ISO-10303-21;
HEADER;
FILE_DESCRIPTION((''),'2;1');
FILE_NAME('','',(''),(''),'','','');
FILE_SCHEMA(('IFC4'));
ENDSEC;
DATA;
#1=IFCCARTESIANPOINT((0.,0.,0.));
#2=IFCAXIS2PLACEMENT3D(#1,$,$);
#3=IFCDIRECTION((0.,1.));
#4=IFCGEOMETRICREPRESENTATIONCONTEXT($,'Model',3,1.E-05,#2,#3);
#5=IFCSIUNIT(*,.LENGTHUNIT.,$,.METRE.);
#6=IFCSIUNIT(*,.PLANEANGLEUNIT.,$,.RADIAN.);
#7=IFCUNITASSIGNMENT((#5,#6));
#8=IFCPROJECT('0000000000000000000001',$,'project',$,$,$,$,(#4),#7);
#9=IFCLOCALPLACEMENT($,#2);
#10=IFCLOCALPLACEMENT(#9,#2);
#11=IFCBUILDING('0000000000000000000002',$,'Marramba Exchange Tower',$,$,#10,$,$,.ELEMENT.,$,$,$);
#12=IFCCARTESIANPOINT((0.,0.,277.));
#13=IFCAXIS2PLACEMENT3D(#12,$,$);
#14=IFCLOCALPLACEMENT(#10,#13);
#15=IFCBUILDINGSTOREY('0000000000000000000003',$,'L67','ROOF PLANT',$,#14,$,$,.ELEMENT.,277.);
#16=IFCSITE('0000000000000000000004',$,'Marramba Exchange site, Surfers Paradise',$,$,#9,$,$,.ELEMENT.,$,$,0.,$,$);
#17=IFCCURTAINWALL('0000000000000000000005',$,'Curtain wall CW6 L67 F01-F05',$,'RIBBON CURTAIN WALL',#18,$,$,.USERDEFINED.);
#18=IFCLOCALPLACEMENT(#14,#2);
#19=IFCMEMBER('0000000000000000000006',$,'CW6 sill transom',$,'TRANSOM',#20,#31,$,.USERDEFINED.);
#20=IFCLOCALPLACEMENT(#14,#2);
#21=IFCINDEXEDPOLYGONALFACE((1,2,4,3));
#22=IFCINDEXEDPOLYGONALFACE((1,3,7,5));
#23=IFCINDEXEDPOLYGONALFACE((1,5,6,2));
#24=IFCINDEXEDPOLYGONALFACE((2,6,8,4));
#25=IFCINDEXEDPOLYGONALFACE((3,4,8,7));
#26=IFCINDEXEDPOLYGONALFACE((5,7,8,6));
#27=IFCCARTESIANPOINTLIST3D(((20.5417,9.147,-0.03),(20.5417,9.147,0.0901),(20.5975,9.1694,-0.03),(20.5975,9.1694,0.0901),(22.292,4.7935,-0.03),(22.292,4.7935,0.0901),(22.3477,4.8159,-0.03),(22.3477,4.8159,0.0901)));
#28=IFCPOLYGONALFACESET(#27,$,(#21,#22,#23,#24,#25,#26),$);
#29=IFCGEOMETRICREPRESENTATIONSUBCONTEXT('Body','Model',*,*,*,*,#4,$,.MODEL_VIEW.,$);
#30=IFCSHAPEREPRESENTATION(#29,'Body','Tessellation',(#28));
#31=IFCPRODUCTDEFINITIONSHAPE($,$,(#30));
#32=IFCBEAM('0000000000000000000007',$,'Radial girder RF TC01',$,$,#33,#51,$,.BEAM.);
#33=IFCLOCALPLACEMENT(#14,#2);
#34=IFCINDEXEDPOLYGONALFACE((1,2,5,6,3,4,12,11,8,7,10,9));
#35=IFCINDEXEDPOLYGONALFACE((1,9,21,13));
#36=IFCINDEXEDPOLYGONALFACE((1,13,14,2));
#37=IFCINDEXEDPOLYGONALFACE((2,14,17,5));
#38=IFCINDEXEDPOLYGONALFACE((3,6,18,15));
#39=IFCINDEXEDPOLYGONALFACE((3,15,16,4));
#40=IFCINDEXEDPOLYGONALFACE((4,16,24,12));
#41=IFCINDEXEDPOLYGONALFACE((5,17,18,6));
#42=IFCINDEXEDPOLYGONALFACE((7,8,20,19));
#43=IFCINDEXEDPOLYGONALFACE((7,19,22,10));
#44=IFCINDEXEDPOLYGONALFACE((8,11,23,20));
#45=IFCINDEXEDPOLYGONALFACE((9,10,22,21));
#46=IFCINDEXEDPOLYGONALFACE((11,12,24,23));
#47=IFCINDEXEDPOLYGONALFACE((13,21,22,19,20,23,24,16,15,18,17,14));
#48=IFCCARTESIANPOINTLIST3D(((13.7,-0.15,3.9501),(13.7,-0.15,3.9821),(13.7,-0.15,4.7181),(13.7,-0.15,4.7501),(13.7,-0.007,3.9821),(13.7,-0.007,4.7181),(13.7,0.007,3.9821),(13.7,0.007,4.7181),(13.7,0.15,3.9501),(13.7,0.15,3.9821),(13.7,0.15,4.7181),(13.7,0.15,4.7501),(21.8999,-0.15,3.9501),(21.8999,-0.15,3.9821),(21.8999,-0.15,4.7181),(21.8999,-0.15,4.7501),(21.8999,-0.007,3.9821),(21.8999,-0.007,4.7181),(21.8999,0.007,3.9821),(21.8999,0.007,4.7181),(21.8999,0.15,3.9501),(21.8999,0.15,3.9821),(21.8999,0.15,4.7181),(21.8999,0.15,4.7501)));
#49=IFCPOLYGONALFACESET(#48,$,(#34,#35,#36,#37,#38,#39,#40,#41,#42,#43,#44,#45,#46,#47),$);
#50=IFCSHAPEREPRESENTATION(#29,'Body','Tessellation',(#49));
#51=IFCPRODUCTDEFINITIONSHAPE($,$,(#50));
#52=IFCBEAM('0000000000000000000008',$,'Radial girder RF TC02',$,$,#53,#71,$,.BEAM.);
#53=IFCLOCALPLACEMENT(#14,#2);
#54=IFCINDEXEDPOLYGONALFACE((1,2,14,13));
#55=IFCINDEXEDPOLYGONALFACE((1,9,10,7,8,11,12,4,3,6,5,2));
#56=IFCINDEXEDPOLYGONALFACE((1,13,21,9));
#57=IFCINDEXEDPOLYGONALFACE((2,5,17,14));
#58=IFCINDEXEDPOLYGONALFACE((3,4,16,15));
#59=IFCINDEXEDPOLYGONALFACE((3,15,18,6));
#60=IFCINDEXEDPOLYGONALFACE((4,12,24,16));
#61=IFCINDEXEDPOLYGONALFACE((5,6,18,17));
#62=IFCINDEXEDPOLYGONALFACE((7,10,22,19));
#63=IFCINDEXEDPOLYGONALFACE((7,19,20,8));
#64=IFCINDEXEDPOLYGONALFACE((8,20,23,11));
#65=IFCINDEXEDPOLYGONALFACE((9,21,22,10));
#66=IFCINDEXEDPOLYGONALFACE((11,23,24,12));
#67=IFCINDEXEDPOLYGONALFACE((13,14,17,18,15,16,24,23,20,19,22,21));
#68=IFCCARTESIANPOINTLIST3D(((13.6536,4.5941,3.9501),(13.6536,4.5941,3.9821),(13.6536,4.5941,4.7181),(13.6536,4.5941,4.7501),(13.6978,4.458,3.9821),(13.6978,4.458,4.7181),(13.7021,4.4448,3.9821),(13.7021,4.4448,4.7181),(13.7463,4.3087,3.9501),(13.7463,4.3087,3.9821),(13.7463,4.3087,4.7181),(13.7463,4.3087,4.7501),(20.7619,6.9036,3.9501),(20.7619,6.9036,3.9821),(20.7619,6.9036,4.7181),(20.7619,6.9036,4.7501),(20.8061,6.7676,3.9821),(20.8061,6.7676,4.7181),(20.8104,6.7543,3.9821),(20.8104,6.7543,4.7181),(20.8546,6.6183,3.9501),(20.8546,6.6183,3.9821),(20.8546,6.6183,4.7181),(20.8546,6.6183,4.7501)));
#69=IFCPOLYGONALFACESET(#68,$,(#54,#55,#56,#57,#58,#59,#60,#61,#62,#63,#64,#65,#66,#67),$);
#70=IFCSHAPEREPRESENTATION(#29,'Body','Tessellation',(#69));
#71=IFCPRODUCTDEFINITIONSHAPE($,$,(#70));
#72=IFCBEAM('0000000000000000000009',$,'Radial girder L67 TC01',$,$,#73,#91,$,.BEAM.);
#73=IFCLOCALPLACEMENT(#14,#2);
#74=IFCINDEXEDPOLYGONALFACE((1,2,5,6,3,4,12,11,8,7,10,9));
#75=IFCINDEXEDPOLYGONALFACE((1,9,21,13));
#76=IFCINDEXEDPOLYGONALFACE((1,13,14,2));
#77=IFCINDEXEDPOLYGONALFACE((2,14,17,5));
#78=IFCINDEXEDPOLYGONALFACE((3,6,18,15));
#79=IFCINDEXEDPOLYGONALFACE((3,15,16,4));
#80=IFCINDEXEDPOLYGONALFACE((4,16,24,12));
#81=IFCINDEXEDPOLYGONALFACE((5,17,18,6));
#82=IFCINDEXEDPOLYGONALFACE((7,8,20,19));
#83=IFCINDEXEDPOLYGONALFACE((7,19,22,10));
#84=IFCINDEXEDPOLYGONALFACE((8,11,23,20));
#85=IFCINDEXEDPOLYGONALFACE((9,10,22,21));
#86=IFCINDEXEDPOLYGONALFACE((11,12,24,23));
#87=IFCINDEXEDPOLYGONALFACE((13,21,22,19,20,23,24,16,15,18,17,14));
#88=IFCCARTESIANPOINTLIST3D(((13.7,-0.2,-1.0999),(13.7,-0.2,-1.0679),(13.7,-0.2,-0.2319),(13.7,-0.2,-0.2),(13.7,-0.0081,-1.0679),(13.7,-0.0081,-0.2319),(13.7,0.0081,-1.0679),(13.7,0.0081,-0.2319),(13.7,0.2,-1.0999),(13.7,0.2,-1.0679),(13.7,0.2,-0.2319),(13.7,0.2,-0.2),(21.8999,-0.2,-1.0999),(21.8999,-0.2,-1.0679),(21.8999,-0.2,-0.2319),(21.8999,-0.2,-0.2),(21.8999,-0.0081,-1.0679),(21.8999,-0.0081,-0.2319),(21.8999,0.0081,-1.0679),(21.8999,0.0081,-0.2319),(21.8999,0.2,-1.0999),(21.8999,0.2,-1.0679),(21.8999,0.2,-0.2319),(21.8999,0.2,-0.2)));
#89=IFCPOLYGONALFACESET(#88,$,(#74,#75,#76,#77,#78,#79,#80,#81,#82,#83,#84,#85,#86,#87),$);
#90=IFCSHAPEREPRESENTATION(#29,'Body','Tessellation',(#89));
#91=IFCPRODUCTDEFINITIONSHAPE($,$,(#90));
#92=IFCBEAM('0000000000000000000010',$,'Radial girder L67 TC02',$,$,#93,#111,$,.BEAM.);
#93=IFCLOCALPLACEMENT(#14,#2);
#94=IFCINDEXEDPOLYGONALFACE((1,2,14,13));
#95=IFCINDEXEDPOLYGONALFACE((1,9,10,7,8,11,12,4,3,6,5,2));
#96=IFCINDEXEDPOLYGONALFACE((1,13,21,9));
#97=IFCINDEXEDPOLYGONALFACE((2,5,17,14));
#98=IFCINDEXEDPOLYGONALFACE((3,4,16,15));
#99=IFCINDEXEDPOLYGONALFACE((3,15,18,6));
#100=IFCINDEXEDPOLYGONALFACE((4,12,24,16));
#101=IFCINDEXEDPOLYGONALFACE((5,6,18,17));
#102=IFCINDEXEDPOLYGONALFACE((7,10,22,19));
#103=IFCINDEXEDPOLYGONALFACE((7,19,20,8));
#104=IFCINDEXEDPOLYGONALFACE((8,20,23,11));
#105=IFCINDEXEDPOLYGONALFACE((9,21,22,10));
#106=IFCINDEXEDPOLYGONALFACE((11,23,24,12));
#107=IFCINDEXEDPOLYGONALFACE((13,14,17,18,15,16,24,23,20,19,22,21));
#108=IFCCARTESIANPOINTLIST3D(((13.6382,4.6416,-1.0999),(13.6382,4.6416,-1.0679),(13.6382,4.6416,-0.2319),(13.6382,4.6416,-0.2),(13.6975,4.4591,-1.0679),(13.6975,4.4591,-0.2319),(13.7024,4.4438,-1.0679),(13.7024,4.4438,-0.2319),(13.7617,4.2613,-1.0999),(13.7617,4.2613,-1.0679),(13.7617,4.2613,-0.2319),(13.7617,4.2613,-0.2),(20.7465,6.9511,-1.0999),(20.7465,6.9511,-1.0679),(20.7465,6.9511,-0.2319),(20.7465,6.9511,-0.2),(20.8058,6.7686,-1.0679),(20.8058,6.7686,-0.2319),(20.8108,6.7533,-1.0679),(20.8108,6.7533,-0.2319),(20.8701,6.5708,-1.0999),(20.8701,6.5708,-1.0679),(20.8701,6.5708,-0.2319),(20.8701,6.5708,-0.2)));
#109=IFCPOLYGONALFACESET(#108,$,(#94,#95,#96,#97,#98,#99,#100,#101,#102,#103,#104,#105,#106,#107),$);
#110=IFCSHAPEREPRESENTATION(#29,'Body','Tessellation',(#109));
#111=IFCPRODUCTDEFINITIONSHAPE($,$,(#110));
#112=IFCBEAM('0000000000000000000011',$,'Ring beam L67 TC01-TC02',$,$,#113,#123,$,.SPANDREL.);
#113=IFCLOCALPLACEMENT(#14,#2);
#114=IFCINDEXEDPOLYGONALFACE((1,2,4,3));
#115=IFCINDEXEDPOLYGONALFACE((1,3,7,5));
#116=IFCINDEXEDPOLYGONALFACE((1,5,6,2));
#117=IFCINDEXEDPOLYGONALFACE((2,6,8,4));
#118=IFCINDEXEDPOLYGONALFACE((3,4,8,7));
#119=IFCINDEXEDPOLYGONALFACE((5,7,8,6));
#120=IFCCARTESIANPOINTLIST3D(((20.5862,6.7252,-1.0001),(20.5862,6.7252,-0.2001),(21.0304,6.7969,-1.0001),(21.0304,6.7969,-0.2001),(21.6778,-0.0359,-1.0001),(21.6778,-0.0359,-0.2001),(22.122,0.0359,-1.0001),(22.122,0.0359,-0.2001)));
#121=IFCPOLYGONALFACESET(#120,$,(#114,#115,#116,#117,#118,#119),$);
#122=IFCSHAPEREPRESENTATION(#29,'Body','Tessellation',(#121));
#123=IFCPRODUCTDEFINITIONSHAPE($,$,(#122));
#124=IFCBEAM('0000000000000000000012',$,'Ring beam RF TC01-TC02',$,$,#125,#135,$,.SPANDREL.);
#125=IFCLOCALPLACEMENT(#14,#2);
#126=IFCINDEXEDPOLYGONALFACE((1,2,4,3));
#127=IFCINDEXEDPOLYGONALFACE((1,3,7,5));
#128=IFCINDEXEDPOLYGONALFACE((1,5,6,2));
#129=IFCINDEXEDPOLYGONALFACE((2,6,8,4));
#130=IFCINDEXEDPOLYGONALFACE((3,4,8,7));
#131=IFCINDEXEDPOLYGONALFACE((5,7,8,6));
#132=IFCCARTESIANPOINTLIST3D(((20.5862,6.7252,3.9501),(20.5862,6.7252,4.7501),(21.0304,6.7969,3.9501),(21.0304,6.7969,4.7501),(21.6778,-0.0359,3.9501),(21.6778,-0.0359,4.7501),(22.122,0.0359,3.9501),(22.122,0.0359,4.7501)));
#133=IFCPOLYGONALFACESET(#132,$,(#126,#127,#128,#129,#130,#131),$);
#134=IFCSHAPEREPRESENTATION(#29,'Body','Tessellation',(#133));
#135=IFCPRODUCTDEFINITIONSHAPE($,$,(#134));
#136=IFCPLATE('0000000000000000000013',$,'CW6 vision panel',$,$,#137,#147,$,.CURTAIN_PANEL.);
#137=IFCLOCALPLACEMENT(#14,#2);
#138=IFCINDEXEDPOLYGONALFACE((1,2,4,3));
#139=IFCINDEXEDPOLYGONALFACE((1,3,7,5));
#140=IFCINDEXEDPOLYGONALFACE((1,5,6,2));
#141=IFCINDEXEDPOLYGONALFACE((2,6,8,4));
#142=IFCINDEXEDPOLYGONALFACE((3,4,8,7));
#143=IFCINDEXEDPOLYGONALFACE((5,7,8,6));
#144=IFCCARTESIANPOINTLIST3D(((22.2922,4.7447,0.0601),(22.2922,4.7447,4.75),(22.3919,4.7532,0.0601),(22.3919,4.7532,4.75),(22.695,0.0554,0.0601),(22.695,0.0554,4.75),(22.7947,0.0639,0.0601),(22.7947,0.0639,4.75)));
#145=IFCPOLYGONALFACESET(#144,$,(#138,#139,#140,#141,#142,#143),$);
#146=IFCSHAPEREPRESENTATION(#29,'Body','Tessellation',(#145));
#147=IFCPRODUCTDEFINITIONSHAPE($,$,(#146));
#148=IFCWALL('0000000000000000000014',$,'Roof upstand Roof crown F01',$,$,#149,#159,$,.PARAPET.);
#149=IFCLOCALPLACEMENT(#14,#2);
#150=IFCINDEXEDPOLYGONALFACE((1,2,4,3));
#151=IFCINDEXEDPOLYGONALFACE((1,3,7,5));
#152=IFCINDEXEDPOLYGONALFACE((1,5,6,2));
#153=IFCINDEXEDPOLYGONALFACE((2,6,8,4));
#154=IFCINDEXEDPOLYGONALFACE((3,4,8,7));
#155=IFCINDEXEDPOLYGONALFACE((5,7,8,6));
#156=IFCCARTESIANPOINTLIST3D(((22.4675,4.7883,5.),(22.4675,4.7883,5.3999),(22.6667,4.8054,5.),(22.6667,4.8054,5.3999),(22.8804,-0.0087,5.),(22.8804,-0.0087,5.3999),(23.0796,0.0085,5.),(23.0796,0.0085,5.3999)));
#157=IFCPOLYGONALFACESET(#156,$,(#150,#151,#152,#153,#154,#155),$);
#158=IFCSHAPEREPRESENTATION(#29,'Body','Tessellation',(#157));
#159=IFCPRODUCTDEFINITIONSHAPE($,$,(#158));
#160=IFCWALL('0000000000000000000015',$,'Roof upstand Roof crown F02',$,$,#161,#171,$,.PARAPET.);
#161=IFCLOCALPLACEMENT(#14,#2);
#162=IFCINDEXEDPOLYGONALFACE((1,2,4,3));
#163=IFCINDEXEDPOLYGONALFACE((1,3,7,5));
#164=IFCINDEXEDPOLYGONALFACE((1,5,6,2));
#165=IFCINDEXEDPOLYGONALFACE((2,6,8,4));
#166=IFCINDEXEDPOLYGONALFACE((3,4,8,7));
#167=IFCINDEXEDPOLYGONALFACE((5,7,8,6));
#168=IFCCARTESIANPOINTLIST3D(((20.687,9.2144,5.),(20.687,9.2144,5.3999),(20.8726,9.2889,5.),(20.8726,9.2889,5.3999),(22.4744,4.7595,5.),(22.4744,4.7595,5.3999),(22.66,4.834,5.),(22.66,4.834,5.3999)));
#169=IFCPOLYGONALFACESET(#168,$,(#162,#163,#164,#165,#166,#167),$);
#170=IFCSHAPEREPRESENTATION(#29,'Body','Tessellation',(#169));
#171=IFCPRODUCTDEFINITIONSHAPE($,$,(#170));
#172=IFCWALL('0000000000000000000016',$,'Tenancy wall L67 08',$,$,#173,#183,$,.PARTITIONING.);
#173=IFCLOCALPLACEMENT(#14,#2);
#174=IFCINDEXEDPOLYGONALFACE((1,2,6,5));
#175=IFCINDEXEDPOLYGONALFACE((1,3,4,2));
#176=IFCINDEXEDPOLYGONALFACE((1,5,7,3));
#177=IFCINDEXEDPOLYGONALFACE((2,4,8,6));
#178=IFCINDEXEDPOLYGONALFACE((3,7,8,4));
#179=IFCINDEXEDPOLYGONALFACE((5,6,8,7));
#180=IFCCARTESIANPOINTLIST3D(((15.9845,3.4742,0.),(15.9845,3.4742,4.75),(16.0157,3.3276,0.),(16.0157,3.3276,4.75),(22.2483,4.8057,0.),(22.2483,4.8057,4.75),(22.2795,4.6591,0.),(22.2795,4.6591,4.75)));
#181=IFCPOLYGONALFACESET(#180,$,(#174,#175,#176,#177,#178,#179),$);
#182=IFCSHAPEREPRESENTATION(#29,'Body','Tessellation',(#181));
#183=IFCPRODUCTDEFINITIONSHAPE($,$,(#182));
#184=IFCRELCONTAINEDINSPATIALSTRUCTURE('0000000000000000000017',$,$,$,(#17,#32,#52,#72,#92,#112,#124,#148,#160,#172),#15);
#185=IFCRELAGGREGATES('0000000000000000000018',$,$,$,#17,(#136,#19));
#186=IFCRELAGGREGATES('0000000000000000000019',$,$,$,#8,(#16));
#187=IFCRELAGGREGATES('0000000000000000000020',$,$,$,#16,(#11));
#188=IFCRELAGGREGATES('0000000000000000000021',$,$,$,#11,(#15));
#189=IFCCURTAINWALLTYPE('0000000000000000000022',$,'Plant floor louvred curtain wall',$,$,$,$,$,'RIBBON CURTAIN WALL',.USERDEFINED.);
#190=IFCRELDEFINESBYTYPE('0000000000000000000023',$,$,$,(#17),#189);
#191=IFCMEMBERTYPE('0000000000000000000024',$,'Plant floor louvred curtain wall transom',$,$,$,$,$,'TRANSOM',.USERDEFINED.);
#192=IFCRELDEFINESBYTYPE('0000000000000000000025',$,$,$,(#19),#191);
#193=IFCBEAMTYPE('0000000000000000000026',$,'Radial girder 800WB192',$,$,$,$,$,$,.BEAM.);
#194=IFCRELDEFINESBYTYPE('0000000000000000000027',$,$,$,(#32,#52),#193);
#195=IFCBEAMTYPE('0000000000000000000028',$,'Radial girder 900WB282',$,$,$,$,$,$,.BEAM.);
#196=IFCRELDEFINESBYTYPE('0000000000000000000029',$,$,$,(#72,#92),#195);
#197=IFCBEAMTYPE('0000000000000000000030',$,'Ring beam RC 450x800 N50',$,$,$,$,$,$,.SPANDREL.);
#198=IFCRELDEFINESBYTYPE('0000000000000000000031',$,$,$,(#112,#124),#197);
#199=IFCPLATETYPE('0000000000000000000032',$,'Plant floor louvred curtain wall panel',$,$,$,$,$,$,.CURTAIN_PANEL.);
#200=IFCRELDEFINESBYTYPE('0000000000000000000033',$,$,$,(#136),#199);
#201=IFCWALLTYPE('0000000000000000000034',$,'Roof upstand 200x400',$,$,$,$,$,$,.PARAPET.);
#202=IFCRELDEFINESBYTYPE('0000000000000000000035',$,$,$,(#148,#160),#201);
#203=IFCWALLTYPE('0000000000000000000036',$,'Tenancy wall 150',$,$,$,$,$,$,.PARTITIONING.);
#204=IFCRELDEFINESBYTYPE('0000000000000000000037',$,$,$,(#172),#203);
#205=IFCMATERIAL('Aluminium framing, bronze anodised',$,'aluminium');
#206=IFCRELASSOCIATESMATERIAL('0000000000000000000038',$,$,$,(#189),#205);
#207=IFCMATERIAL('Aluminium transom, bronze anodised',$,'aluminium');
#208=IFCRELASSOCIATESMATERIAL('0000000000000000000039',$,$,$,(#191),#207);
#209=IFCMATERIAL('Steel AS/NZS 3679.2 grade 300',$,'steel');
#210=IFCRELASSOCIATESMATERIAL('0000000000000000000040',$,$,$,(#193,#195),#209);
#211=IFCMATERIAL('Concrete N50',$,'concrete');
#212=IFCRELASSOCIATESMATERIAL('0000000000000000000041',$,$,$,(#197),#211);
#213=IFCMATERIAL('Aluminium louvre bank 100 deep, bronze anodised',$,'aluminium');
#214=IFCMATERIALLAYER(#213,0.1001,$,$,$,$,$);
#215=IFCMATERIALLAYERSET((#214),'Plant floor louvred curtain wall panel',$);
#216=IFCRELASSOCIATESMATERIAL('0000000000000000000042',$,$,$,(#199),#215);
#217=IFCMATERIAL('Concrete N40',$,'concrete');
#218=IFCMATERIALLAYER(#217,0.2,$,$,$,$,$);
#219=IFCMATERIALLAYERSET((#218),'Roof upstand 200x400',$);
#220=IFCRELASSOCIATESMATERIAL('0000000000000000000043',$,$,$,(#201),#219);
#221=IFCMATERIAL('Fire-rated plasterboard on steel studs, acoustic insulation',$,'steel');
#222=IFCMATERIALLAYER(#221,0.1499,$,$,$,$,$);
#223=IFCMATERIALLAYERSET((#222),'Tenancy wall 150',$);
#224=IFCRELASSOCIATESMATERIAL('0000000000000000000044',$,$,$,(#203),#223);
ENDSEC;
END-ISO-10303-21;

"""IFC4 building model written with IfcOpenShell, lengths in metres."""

from ifc_helpers import new_model, si_unit, direction, frame, frame_2d, origin, origin_2d, place, context, subcontext, project, spatial, rectangle, i_section, extrude, material, layer, layer_set, material_profile, profile_set, type_object, element, aggregate, save


model = new_model("IFC4")

# Units and contexts
model_context = context("Model", 3, precision=1e-05, world=origin(), true_north=direction((0.0, 1.0)))
body_context = subcontext(model_context, "Body", "Model", "MODEL_VIEW")
ifc_project = project(units=[si_unit("LENGTHUNIT", "METRE"), si_unit("PLANEANGLEUNIT", "RADIAN")], contexts=[model_context])

# Site, building, storey
site_placement = place(None, origin())
site = spatial("IfcSite", under=ifc_project, at=site_placement, Name="Marramba Exchange site, Surfers Paradise", CompositionType="ELEMENT", RefElevation=0.0)
building_placement = place(site_placement, origin())
building = spatial("IfcBuilding", under=site, at=building_placement, Name="Marramba Exchange Tower", CompositionType="ELEMENT")
storey_placement = place(building_placement, frame((0.0, 0.0, 277.0)))
storey = spatial("IfcBuildingStorey", under=building, at=storey_placement, Name="L67", Description="ROOF PLANT", CompositionType="ELEMENT", Elevation=277.0)

# Shared definitions
ifc_material_1 = material(Name="Concrete N50", Category="concrete")

# Curtain wall, member
ifc_material_2 = material(Name="Aluminium framing, bronze anodised", Category="aluminium")
curtain_wall_type = type_object("IfcCurtainWallType", Name="Plant floor louvred curtain wall", ElementType="RIBBON CURTAIN WALL", PredefinedType="USERDEFINED", material=ifc_material_2)
curtain_wall_placement = place(storey_placement, origin())
curtain_wall = element("IfcCurtainWall", 1, at=curtain_wall_placement, inside=storey, type_object=curtain_wall_type, Name="Curtain wall CW6 L67 F01-F05", ObjectType="RIBBON CURTAIN WALL", PredefinedType="USERDEFINED")
ifc_material_3 = material(Name="Aluminium transom, bronze anodised", Category="aluminium")
ifc_material_profile_1 = material_profile(ifc_material_3, rectangle(XDim=0.0601, YDim=0.1201, at=origin_2d()), Name="CW6 transom 60x120")
ifc_profile_set_1 = profile_set([ifc_material_profile_1], Name="Aluminium transom, bronze anodised")
member_type_1 = type_object("IfcMemberType", Name="Plant floor louvred curtain wall transom", ElementType="TRANSOM", PredefinedType="USERDEFINED", material=ifc_profile_set_1)
member_1_placement = place(storey_placement, frame((22.3198, 4.8047, 0.03), z_axis=(-0.373014, 0.927826, 0.0), x_axis=(-0.927826, -0.373014, 0.0)))
member_1 = element("IfcMember", 2, at=member_1_placement, type_object=member_type_1, Name="CW6 sill transom", ObjectType="TRANSOM", PredefinedType="USERDEFINED", context=body_context, shape_type="SweptSolid", body=[
    extrude(rectangle(XDim=0.0601, YDim=0.1201, at=origin_2d()), origin(), (0.0, 0.0, 1.0), 4.6921),
])

# Beams
ifc_material_4 = material(Name="Steel AS/NZS 3679.2 grade 300", Category="steel")
ifc_material_profile_2 = material_profile(ifc_material_4, i_section(OverallWidth=0.3, OverallDepth=0.8, WebThickness=0.0139, FlangeThickness=0.032, at=origin_2d()), Name="800WB192")
ifc_profile_set_2 = profile_set([ifc_material_profile_2], Name="Steel AS/NZS 3679.2 grade 300")
beam_type_1 = type_object("IfcBeamType", Name="Radial girder 800WB192", PredefinedType="BEAM", material=ifc_profile_set_2)
beam_1_placement = place(storey_placement, frame((13.7, 0.0, 4.3501), z_axis=(1.0, 0.0, 0.0), x_axis=(0.0, 1.0, 0.0)))
element("IfcBeam", 3, at=beam_1_placement, inside=storey, type_object=beam_type_1, Name="Radial girder RF TC01", PredefinedType="BEAM", context=body_context, shape_type="SweptSolid", body=[
    extrude(i_section(OverallWidth=0.3, OverallDepth=0.8, WebThickness=0.0139, FlangeThickness=0.032, at=origin_2d()), origin(), (0.0, 0.0, 1.0), 8.2),
])
beam_2_placement = place(storey_placement, frame((13.7, 4.4514, 4.3501), z_axis=(0.95106, 0.309006, 0.0), x_axis=(-0.309006, 0.95106, 0.0)))
element("IfcBeam", 4, at=beam_2_placement, inside=storey, type_object=beam_type_1, Name="Radial girder RF TC02", PredefinedType="BEAM", context=body_context, shape_type="SweptSolid", body=[
    extrude(i_section(OverallWidth=0.3, OverallDepth=0.8, WebThickness=0.0139, FlangeThickness=0.032, at=origin_2d()), origin(), (0.0, 0.0, 1.0), 7.4741),
])
ifc_material_profile_3 = material_profile(ifc_material_4, i_section(OverallWidth=0.3999, OverallDepth=0.8999, WebThickness=0.0161, FlangeThickness=0.032, at=origin_2d()), Name="900WB282")
ifc_profile_set_3 = profile_set([ifc_material_profile_3], Name="Steel AS/NZS 3679.2 grade 300")
beam_type_2 = type_object("IfcBeamType", Name="Radial girder 900WB282", PredefinedType="BEAM", material=ifc_profile_set_3)
beam_3_placement = place(storey_placement, frame((13.7, 0.0, -0.6499), z_axis=(1.0, 0.0, 0.0), x_axis=(0.0, 1.0, 0.0)))
element("IfcBeam", 5, at=beam_3_placement, inside=storey, type_object=beam_type_2, Name="Radial girder L67 TC01", PredefinedType="BEAM", context=body_context, shape_type="SweptSolid", body=[
    extrude(i_section(OverallWidth=0.3999, OverallDepth=0.8999, WebThickness=0.0161, FlangeThickness=0.032, at=origin_2d()), origin(), (0.0, 0.0, 1.0), 8.2),
])
beam_4_placement = place(storey_placement, frame((13.7, 4.4514, -0.6499), z_axis=(0.95106, 0.309006, 0.0), x_axis=(-0.309006, 0.95106, 0.0)))
element("IfcBeam", 6, at=beam_4_placement, inside=storey, type_object=beam_type_2, Name="Radial girder L67 TC02", PredefinedType="BEAM", context=body_context, shape_type="SweptSolid", body=[
    extrude(i_section(OverallWidth=0.3999, OverallDepth=0.8999, WebThickness=0.0161, FlangeThickness=0.032, at=origin_2d()), origin(), (0.0, 0.0, 1.0), 7.4741),
])
ifc_material_profile_4 = material_profile(ifc_material_1, rectangle(XDim=0.45, YDim=0.8, at=origin_2d()), Name="RC 450x800")
ifc_profile_set_4 = profile_set([ifc_material_profile_4], Name="Concrete N50")
beam_type_3 = type_object("IfcBeamType", Name="Ring beam RC 450x800 N50", PredefinedType="SPANDREL", material=ifc_profile_set_4)
for number, where, z_axis, x_axis, name in (
    (7, (21.8999, 0.0, -0.6001), (-0.159385, 0.987217, 0.0), (-0.987217, -0.159385, 0.0), "Ring beam L67 TC01-TC02"),
    (8, (21.8999, 0.0, 4.3501), (-0.159385, 0.987217, 0.0), (-0.987217, -0.159385, 0.0), "Ring beam RF TC01-TC02"),
):
    element("IfcBeam", number, at=place(storey_placement, frame(where, z_axis=z_axis, x_axis=x_axis)), inside=storey, type_object=beam_type_3, Name=name, PredefinedType="SPANDREL", context=body_context, shape_type="SweptSolid", body=[
        extrude(rectangle(XDim=0.45, YDim=0.8, at=origin_2d()), origin(), (0.0, 0.0, 1.0), 6.8486),
    ])

# Plate
ifc_material_5 = material(Name="Aluminium louvre bank 100 deep, bronze anodised", Category="aluminium")
ifc_layer_1 = layer(ifc_material_5, 0.1001)
ifc_layer_set_1 = layer_set([ifc_layer_1], Name="Plant floor louvred curtain wall panel")
plate_type = type_object("IfcPlateType", Name="Plant floor louvred curtain wall panel", PredefinedType="CURTAIN_PANEL", material=ifc_layer_set_1)
plate_placement = place(storey_placement, frame((22.5435, 2.4043, 0.0601), z_axis=(0.0, 0.0, 1.0), x_axis=(-0.085574, 0.996332, 0.0)))
plate = element("IfcPlate", 9, at=plate_placement, type_object=plate_type, Name="CW6 vision panel", PredefinedType="CURTAIN_PANEL", context=body_context, shape_type="SweptSolid", body=[
    extrude(rectangle(XDim=4.7065, YDim=0.1001, at=origin_2d()), origin(), (0.0, 0.0, 1.0), 4.6899),
])
aggregate(curtain_wall, [plate, member_1])

# Walls
ifc_material_6 = material(Name="Concrete N40", Category="concrete")
ifc_layer_2 = layer(ifc_material_6, 0.2)
ifc_layer_set_2 = layer_set([ifc_layer_2], Name="Roof upstand 200x400")
wall_type_1 = type_object("IfcWallType", Name="Roof upstand 200x400", PredefinedType="PARAPET", material=ifc_layer_set_2)
wall_1_placement = place(storey_placement, frame((22.98, 0.0, 5.0), z_axis=(0.0, 0.0, 1.0), x_axis=(-0.085748, 0.996317, 0.0)))
element("IfcWall", 10, at=wall_1_placement, inside=storey, type_object=wall_type_1, Name="Roof upstand Roof crown F01", PredefinedType="PARAPET", context=body_context, shape_type="SweptSolid", body=[
    extrude(rectangle(XDim=4.8147, YDim=0.2, at=frame_2d((2.4072, 0.0))), origin(), (0.0, 0.0, 1.0), 0.3999),
])
wall_2_placement = place(storey_placement, frame((22.5671, 4.7969, 5.0), z_axis=(0.0, 0.0, 1.0), x_axis=(-0.372364, 0.928087, 0.0)))
element("IfcWall", 11, at=wall_2_placement, inside=storey, type_object=wall_type_1, Name="Roof upstand Roof crown F02", PredefinedType="PARAPET", context=body_context, shape_type="SweptSolid", body=[
    extrude(rectangle(XDim=4.8, YDim=0.2, at=frame_2d((2.3999, 0.0))), origin(), (0.0, 0.0, 1.0), 0.3999),
])
ifc_material_7 = material(Name="Fire-rated plasterboard on steel studs, acoustic insulation", Category="steel")
ifc_layer_3 = layer(ifc_material_7, 0.1499)
ifc_layer_set_3 = layer_set([ifc_layer_3], Name="Tenancy wall 150")
wall_type_2 = type_object("IfcWallType", Name="Tenancy wall 150", PredefinedType="PARTITIONING", material=ifc_layer_set_3)
wall_3_placement = place(storey_placement, frame((22.2639, 4.7324, 0.0), z_axis=(0.0, 0.0, 1.0), x_axis=(-0.978144, -0.207928, 0.0)))
element("IfcWall", 12, at=wall_3_placement, inside=storey, type_object=wall_type_2, Name="Tenancy wall L67 08", PredefinedType="PARTITIONING", context=body_context, shape_type="SweptSolid", body=[
    extrude(rectangle(XDim=6.4038, YDim=0.1499, at=frame_2d((3.2019, 0.0))), origin(), (0.0, 0.0, 1.0), 4.75),
])

save(model, "model.ifc")
